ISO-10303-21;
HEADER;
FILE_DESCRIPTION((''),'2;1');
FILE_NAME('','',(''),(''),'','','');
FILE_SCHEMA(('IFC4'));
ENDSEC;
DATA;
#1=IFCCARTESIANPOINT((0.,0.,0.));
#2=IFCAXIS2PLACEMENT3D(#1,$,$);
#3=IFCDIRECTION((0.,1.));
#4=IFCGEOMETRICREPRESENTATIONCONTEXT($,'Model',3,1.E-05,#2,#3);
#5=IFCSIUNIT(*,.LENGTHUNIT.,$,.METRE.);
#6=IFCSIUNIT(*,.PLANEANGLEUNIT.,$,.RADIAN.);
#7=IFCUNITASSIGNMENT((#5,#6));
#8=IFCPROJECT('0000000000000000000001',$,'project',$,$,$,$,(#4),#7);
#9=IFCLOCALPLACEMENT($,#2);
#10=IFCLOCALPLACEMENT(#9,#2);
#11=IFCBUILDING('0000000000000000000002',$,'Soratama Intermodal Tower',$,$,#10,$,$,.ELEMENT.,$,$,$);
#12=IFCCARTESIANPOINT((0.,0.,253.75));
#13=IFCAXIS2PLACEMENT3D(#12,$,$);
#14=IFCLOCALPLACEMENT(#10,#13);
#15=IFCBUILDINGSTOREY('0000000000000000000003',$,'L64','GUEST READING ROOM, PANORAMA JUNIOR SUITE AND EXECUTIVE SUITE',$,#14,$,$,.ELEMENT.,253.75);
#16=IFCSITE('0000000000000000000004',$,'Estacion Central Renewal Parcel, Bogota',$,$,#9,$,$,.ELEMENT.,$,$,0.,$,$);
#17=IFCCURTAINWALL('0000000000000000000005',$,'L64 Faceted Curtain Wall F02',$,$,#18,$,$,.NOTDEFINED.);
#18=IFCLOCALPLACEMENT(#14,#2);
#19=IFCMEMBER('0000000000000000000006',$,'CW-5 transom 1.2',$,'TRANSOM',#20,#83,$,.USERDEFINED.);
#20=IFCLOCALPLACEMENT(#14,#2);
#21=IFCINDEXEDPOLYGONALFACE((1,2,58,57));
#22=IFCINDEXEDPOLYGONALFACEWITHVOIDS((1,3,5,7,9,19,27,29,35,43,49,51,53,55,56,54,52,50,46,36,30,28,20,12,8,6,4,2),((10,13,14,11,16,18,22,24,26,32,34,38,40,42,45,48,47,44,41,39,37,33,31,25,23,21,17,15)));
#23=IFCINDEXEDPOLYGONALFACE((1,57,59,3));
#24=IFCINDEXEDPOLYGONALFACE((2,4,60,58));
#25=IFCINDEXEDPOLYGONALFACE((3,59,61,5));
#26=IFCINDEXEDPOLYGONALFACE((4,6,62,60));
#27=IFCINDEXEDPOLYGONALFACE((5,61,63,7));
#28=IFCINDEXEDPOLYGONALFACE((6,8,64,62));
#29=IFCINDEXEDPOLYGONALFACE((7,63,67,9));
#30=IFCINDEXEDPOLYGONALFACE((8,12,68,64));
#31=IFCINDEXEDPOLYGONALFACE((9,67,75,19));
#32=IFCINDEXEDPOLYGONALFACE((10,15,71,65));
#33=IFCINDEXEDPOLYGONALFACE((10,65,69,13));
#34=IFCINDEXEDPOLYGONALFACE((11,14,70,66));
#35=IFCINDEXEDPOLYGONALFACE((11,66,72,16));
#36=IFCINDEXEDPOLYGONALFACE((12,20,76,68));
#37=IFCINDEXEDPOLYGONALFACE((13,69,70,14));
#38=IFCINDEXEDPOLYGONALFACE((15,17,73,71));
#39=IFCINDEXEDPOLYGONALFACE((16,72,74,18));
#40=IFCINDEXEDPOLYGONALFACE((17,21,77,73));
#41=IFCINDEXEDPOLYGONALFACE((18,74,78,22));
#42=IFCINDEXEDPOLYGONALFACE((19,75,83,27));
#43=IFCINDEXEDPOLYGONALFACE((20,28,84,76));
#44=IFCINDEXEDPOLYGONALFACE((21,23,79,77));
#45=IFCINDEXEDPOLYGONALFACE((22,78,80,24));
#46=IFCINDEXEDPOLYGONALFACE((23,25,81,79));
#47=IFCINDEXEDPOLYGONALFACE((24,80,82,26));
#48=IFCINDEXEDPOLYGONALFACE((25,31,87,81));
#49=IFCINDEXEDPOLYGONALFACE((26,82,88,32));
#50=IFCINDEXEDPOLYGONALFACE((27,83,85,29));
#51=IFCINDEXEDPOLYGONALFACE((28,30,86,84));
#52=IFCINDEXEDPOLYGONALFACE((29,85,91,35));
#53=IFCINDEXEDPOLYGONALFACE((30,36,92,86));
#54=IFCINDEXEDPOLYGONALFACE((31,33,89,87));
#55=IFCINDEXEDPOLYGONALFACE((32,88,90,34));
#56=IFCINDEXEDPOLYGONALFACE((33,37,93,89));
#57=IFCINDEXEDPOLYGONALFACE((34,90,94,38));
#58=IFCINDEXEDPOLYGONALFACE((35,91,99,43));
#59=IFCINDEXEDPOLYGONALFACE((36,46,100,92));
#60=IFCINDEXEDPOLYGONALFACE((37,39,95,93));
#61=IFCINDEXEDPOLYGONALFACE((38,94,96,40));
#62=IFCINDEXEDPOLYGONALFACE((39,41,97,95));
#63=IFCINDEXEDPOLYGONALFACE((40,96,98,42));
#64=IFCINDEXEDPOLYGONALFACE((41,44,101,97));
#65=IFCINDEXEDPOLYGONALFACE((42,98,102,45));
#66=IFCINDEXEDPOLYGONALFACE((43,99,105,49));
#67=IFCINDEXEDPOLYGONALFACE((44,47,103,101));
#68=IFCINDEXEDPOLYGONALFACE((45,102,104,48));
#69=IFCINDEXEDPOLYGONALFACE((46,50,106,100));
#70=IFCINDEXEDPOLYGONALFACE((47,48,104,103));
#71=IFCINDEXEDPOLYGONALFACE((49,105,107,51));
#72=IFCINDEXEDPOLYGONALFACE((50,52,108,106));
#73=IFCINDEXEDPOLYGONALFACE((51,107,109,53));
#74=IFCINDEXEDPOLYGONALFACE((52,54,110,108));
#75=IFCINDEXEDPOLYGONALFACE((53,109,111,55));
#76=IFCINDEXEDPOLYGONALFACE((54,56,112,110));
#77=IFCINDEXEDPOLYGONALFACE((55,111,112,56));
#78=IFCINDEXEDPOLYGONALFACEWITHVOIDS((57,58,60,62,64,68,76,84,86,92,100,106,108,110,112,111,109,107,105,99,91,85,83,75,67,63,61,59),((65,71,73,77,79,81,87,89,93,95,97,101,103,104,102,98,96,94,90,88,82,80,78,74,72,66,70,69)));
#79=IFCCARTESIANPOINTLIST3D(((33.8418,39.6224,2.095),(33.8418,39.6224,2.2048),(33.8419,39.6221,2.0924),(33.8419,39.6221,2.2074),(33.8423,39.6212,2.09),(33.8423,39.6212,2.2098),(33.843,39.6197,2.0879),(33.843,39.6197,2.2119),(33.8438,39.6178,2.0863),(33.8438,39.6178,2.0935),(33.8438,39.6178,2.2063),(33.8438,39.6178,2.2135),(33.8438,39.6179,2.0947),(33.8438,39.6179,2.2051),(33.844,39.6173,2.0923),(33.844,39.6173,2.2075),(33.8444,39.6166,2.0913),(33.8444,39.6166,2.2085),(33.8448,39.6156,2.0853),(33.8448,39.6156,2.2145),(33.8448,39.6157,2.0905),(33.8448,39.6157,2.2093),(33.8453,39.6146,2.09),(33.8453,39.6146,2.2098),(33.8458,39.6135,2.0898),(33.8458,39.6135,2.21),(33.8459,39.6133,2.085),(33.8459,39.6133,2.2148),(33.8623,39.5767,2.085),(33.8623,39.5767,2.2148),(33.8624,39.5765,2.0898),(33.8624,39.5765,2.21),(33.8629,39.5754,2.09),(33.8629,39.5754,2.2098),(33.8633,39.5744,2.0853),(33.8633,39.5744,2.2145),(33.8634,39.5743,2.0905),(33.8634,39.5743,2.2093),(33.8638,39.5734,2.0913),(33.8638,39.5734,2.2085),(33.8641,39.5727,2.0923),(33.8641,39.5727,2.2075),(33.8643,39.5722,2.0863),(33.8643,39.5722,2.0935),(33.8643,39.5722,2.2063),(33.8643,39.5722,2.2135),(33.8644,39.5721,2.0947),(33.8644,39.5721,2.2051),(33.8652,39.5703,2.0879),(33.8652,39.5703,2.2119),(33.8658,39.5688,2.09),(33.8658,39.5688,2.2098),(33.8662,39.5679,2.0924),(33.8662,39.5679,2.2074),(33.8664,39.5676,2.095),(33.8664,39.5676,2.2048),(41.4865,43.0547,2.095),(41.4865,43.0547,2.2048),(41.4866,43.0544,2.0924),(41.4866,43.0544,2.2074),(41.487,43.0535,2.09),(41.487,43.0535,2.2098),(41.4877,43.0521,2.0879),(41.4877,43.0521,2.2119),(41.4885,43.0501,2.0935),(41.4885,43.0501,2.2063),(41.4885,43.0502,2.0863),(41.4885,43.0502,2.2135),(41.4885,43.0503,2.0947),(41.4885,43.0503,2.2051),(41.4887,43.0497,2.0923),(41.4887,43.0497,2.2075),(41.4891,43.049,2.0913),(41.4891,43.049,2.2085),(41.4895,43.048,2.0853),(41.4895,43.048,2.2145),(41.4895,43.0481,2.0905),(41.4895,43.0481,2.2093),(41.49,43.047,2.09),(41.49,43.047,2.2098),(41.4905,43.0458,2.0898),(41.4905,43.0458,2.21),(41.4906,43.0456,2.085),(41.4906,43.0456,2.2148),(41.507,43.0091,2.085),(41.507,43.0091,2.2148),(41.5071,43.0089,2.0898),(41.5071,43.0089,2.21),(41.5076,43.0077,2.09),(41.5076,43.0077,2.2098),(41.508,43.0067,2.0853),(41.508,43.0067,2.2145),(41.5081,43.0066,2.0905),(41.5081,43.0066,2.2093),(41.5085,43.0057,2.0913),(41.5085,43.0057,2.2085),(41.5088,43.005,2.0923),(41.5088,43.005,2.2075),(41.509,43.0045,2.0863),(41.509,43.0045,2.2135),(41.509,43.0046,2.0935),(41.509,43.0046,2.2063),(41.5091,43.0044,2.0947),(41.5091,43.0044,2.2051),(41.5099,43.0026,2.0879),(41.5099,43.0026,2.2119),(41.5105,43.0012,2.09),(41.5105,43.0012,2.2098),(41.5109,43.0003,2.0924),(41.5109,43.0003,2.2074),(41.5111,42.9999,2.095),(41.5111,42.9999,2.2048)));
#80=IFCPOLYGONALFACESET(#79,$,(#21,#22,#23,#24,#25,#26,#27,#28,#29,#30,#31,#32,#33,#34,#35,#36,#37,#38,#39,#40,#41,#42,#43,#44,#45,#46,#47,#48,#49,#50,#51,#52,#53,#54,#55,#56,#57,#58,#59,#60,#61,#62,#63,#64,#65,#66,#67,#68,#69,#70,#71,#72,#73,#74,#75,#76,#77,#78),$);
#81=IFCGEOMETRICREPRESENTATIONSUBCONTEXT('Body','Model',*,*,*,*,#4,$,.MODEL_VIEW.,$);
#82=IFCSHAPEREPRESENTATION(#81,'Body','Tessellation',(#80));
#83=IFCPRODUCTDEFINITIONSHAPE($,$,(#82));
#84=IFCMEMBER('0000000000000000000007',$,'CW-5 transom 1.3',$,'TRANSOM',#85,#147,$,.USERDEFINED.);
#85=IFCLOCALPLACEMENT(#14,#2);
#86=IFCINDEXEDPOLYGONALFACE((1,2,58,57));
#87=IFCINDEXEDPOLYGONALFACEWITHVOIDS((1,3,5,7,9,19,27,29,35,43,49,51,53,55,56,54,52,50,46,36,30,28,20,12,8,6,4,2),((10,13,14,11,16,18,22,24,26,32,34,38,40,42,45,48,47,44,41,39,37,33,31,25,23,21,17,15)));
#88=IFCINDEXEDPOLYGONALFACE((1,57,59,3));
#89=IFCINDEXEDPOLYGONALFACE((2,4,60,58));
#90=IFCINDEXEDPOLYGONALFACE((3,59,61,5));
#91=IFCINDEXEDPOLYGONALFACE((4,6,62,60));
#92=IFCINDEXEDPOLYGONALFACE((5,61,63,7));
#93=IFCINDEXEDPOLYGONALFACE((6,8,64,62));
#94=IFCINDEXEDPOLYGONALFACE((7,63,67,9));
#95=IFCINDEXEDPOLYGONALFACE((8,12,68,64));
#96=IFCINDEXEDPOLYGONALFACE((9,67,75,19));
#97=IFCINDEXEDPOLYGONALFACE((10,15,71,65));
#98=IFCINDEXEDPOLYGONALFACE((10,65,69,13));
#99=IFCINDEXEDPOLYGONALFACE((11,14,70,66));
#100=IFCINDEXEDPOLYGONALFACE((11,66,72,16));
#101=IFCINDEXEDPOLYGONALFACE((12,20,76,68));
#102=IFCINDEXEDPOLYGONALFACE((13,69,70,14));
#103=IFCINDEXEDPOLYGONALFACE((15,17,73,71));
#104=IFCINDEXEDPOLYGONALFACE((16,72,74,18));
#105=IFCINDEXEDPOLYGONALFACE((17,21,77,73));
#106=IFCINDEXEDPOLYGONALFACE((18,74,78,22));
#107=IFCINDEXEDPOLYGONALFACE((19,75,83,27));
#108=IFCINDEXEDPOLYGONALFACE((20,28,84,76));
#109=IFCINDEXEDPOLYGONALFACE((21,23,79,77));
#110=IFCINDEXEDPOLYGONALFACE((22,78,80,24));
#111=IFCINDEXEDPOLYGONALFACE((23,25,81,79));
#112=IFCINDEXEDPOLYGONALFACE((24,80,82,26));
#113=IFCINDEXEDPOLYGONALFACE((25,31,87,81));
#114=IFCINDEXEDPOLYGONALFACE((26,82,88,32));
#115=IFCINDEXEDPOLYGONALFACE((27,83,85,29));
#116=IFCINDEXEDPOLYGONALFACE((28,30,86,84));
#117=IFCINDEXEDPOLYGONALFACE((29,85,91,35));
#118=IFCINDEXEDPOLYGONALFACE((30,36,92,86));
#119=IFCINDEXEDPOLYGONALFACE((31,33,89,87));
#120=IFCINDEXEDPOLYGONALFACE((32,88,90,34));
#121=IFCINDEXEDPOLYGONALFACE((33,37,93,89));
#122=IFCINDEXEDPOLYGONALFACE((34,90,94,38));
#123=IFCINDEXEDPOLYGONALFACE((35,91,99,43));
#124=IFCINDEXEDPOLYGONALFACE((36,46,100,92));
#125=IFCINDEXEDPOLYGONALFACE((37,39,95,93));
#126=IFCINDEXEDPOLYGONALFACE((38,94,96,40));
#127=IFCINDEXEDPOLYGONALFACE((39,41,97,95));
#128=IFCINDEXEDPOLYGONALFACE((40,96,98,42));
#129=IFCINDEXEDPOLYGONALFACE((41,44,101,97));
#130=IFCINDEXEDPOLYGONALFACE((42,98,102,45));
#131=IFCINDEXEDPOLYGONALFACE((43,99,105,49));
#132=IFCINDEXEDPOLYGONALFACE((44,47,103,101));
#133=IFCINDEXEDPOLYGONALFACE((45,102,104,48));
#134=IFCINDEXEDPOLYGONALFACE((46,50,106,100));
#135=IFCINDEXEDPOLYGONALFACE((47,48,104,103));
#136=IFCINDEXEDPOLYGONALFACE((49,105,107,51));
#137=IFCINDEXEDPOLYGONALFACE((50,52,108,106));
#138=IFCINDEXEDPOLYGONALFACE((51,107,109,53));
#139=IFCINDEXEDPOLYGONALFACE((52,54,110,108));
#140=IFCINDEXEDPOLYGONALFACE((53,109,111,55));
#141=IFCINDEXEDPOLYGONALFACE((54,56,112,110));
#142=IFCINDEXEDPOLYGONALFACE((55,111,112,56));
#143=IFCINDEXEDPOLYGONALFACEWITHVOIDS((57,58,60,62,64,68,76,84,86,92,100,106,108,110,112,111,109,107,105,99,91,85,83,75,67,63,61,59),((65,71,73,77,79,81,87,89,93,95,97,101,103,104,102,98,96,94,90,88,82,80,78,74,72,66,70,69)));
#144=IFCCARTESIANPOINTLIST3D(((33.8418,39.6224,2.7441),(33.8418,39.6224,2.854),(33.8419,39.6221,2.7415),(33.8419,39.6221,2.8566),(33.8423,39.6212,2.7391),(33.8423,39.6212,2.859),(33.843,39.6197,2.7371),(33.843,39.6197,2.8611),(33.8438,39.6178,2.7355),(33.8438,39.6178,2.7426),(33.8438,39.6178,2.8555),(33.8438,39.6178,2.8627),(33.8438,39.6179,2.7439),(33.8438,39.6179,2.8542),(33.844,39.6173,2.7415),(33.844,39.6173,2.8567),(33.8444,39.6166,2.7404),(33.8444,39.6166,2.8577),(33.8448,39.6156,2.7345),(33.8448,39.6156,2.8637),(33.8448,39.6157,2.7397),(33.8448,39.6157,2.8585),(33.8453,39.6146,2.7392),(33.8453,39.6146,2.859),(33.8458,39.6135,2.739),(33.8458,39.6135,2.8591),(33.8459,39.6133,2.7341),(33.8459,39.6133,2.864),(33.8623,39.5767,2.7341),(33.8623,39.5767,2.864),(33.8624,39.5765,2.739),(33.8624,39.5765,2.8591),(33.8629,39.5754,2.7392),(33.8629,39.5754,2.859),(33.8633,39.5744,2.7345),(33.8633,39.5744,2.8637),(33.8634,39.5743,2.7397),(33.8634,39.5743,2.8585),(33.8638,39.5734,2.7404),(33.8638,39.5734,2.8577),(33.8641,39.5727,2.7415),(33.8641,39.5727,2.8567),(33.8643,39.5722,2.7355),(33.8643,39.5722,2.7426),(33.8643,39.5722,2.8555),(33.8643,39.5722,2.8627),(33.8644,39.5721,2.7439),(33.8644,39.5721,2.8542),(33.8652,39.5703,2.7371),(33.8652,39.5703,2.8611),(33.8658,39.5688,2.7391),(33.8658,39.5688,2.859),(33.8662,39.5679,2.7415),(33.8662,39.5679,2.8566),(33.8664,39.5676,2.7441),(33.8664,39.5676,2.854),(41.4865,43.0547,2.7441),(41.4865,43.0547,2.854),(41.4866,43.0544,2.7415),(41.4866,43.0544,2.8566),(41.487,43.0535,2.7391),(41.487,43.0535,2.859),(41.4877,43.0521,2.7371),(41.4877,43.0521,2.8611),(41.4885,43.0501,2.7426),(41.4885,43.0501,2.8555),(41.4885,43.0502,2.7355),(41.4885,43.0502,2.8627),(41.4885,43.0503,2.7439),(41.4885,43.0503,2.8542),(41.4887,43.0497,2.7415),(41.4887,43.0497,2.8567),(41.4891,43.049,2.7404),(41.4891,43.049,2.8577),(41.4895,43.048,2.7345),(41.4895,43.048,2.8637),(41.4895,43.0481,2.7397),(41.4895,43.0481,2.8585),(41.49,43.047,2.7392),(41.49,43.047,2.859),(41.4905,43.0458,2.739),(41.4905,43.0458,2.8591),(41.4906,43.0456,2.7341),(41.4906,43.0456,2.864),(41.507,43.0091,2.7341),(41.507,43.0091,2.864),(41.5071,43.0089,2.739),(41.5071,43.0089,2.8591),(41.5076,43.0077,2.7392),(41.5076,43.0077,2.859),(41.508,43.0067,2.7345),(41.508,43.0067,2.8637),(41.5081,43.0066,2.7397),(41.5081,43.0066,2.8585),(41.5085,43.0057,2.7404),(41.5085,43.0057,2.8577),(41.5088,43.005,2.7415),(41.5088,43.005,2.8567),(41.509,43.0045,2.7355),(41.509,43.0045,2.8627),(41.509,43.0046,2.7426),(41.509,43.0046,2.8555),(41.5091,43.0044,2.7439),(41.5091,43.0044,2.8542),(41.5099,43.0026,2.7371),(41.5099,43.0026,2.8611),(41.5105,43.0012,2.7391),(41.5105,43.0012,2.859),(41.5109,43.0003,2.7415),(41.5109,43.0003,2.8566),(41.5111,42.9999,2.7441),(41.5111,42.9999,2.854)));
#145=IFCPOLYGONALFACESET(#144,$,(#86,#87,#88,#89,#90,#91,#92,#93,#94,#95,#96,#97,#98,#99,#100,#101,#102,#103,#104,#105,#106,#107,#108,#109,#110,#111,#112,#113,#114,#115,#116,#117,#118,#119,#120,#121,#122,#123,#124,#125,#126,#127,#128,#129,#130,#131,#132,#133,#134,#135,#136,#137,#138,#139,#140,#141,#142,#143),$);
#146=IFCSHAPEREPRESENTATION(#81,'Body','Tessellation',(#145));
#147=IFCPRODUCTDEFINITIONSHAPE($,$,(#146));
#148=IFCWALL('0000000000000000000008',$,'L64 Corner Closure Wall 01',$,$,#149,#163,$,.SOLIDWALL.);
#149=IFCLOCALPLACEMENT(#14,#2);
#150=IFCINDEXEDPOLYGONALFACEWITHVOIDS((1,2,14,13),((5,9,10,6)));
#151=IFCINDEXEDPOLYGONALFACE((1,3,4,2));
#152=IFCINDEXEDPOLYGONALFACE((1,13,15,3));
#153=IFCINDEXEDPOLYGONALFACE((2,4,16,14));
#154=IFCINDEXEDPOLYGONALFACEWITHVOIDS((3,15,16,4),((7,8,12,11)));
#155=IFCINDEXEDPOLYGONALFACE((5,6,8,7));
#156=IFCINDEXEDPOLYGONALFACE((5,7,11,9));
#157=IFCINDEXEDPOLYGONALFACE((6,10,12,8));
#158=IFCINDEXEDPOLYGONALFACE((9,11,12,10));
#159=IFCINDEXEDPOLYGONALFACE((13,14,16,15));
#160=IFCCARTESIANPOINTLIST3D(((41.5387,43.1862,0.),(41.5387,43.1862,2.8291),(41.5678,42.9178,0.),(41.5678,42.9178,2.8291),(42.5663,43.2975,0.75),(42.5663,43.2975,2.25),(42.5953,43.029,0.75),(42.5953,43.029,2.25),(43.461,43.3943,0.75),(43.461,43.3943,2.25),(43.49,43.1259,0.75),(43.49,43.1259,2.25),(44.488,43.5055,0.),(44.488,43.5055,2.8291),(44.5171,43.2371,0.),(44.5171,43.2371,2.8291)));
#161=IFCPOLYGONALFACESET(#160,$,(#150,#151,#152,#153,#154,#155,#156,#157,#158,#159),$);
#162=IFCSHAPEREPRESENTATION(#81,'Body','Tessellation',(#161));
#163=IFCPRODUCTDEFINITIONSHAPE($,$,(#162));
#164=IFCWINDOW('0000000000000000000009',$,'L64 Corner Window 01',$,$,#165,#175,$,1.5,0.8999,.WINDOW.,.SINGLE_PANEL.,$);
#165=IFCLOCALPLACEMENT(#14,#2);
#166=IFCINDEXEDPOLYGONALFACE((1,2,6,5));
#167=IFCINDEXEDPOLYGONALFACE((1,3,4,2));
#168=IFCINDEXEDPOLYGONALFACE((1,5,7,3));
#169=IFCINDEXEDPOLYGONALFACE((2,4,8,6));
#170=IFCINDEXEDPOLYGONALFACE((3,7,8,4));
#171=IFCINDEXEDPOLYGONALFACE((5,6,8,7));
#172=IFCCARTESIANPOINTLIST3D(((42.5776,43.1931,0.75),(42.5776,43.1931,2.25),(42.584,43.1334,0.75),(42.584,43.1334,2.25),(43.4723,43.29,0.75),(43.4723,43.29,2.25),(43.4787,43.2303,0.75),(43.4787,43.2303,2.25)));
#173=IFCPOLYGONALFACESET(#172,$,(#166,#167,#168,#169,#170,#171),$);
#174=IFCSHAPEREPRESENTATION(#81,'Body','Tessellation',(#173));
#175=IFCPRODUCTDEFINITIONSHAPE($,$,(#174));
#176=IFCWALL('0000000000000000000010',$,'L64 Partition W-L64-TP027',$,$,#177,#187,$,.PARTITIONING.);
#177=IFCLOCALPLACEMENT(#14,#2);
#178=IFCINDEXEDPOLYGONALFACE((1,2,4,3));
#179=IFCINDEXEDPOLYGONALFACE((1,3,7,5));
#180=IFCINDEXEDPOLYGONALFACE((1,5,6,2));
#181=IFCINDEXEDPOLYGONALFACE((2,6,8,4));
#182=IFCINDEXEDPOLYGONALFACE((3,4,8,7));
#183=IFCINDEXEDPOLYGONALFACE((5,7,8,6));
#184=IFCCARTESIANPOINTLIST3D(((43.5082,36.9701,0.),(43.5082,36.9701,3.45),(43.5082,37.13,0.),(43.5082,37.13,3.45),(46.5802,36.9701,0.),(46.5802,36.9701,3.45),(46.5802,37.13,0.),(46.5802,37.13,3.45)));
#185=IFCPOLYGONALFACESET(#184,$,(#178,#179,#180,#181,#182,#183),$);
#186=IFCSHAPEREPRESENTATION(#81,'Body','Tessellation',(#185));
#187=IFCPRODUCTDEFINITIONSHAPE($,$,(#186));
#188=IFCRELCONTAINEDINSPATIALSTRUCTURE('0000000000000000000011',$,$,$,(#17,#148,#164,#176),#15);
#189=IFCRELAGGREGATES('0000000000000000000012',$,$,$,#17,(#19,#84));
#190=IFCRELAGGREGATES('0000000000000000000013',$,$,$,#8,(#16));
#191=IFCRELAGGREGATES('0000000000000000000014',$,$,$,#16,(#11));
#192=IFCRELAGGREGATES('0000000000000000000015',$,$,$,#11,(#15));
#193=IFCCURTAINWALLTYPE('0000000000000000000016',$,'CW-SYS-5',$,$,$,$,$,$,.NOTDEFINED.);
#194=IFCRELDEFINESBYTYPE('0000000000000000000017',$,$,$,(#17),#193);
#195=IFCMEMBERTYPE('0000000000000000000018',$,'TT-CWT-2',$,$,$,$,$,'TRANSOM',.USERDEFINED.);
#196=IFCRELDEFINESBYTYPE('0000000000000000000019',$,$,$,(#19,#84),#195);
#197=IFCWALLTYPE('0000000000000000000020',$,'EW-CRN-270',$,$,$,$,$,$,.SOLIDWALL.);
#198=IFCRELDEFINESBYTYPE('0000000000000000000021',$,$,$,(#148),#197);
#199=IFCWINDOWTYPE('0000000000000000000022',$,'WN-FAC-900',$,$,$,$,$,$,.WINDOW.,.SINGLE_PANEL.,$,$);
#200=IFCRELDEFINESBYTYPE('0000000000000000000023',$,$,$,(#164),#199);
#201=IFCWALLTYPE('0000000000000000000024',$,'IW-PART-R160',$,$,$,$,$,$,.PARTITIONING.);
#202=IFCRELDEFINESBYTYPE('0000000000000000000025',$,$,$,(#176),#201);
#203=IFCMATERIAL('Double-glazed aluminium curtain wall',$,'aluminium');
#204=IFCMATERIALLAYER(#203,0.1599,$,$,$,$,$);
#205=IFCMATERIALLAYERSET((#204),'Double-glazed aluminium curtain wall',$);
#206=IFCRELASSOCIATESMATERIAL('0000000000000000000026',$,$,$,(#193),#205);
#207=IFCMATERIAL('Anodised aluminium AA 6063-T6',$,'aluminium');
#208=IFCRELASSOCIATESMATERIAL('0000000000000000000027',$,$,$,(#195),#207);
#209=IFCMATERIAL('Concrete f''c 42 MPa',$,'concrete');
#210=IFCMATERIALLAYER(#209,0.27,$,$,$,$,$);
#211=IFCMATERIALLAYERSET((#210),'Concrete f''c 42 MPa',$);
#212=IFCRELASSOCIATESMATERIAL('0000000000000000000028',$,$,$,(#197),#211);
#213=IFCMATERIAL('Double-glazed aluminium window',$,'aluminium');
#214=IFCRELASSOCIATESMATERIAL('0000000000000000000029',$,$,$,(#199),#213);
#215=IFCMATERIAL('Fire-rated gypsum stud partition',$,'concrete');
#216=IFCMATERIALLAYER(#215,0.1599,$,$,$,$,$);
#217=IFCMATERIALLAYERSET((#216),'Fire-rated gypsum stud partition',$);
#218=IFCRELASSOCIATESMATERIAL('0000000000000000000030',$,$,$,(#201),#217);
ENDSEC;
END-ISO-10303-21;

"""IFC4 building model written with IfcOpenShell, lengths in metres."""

from ifc_helpers import new_model, si_unit, direction, frame, frame_2d, origin, origin_2d, place, context, subcontext, project, spatial, rectangle, hollow_rectangle, extrude, material, layer, layer_set, material_profile, profile_set, type_object, element, fill, aggregate, save


model = new_model("IFC4")

# Units and contexts
model_context = context("Model", 3, precision=1e-05, world=origin(), true_north=direction((0.0, 1.0)))
body_context = subcontext(model_context, "Body", "Model", "MODEL_VIEW")
ifc_project = project(units=[si_unit("LENGTHUNIT", "METRE"), si_unit("PLANEANGLEUNIT", "RADIAN")], contexts=[model_context])

# Site, building, storey
site_placement = place(None, origin())
site = spatial("IfcSite", under=ifc_project, at=site_placement, Name="Estacion Central Renewal Parcel, Bogota", CompositionType="ELEMENT", RefElevation=0.0)
building_placement = place(site_placement, origin())
building = spatial("IfcBuilding", under=site, at=building_placement, Name="Soratama Intermodal Tower", CompositionType="ELEMENT")
storey_placement = place(building_placement, frame((0.0, 0.0, 253.75)))
storey = spatial("IfcBuildingStorey", under=building, at=storey_placement, Name="L64", Description="GUEST READING ROOM, PANORAMA JUNIOR SUITE AND EXECUTIVE SUITE", CompositionType="ELEMENT", Elevation=253.75)

# Curtain wall, members
ifc_material_1 = material(Name="Double-glazed aluminium curtain wall", Category="aluminium")
ifc_layer_1 = layer(ifc_material_1, 0.1599)
ifc_layer_set_1 = layer_set([ifc_layer_1], Name="Double-glazed aluminium curtain wall")
curtain_wall_type = type_object("IfcCurtainWallType", Name="CW-SYS-5", PredefinedType="NOTDEFINED", material=ifc_layer_set_1)
curtain_wall_placement = place(storey_placement, origin())
curtain_wall = element("IfcCurtainWall", 1, at=curtain_wall_placement, inside=storey, type_object=curtain_wall_type, Name="L64 Faceted Curtain Wall F02", PredefinedType="NOTDEFINED")
ifc_material_2 = material(Name="Anodised aluminium AA 6063-T6", Category="aluminium")
ifc_material_profile_1 = material_profile(ifc_material_2, hollow_rectangle(XDim=0.0601, YDim=0.1299, WallThickness=0.0049, InnerFilletRadius=0.0049, OuterFilletRadius=0.01, at=origin_2d()), Name="CWT130X60X5")
ifc_profile_set_1 = profile_set([ifc_material_profile_1], Name="Anodised aluminium AA 6063-T6")
member_type_1 = type_object("IfcMemberType", Name="TT-CWT-2", ElementType="TRANSOM", PredefinedType="USERDEFINED", material=ifc_profile_set_1)
member_1_placement = place(storey_placement, frame((41.4988, 43.0273, 2.1499), z_axis=(-0.912268, -0.409593, 0.0), x_axis=(0.409593, -0.912268, 0.0)))
member_1 = element("IfcMember", 2, at=member_1_placement, type_object=member_type_1, Name="CW-5 transom 1.2", ObjectType="TRANSOM", PredefinedType="USERDEFINED", context=body_context, shape_type="SweptSolid", body=[
    extrude(hollow_rectangle(XDim=0.0601, YDim=0.1299, WallThickness=0.0049, InnerFilletRadius=0.0049, OuterFilletRadius=0.01, at=origin_2d()), origin(), (0.0, 0.0, 1.0), 8.3799),
])
member_2_placement = place(storey_placement, frame((41.4988, 43.0273, 2.7991), z_axis=(-0.912268, -0.409593, 0.0), x_axis=(0.409593, -0.912268, 0.0)))
member_2 = element("IfcMember", 3, at=member_2_placement, type_object=member_type_1, Name="CW-5 transom 1.3", ObjectType="TRANSOM", PredefinedType="USERDEFINED", context=body_context, shape_type="SweptSolid", body=[
    extrude(hollow_rectangle(XDim=0.0601, YDim=0.1299, WallThickness=0.0049, InnerFilletRadius=0.0049, OuterFilletRadius=0.01, at=origin_2d()), origin(), (0.0, 0.0, 1.0), 8.3799),
])
aggregate(curtain_wall, [member_1, member_2])

# Wall, opening, window
ifc_material_3 = material(Name="Concrete f'c 42 MPa", Category="concrete")
ifc_layer_2 = layer(ifc_material_3, 0.27)
ifc_layer_set_2 = layer_set([ifc_layer_2], Name="Concrete f'c 42 MPa")
wall_type_1 = type_object("IfcWallType", Name="EW-CRN-270", PredefinedType="SOLIDWALL", material=ifc_layer_set_2)
wall_1_placement = place(storey_placement, frame((44.5027, 43.3713, 0.0), z_axis=(0.0, 0.0, 1.0), x_axis=(-0.994189, -0.107649, 0.0)))
wall_1 = element("IfcWall", 4, at=wall_1_placement, inside=storey, type_object=wall_type_1, Name="L64 Corner Closure Wall 01", PredefinedType="SOLIDWALL", context=body_context, shape_type="SweptSolid", body=[
    extrude(rectangle(XDim=2.9666, YDim=0.27, at=frame_2d((1.4834, 0.0))), origin(), (0.0, 0.0, 1.0), 2.8291),
])
opening_1_placement = place(wall_1_placement, frame((1.0332, 0.0, 0.75)))
opening_1 = element("IfcOpeningElement", 5, at=opening_1_placement, cuts=wall_1, PredefinedType="OPENING", context=body_context, shape_type="SweptSolid", body=[
    extrude(rectangle(XDim=0.8999, YDim=1.5, at=frame_2d((0.45, 0.75))), frame((0.0, 0.145, 0.0), z_axis=(0.0, -1.0, 0.0), x_axis=(1.0, 0.0, 0.0)), (0.0, 0.0, 1.0), 0.29),
])
ifc_material_4 = material(Name="Double-glazed aluminium window", Category="aluminium")
window_type = type_object("IfcWindowType", Name="WN-FAC-900", PartitioningType="SINGLE_PANEL", PredefinedType="WINDOW", material=ifc_material_4)
window_placement = place(opening_1_placement, origin())
window = element("IfcWindow", 6, at=window_placement, inside=storey, type_object=window_type, Name="L64 Corner Window 01", OverallHeight=1.5, OverallWidth=0.8999, PartitioningType="SINGLE_PANEL", PredefinedType="WINDOW", context=body_context, shape_type="SweptSolid", body=[
    extrude(rectangle(XDim=0.8999, YDim=1.5, at=frame_2d((0.45, 0.75))), frame((0.0, 0.03, 0.0), z_axis=(0.0, -1.0, 0.0), x_axis=(1.0, 0.0, 0.0)), (0.0, 0.0, 1.0), 0.0601),
])
fill(opening_1, window)

# Shared definitions
ifc_material_5 = material(Name="Fire-rated gypsum stud partition", Category="concrete")
ifc_layer_3 = layer(ifc_material_5, 0.1599)
ifc_layer_set_3 = layer_set([ifc_layer_3], Name="Fire-rated gypsum stud partition")
wall_type_2 = type_object("IfcWallType", Name="IW-PART-R160", PredefinedType="PARTITIONING", material=ifc_layer_set_3)

# Wall
wall_2_placement = place(storey_placement, frame((43.5081, 37.05, 0.0), z_axis=(0.0, 0.0, 1.0), x_axis=(1.0, 0.0, 0.0)))
element("IfcWall", 7, at=wall_2_placement, inside=storey, type_object=wall_type_2, Name="L64 Partition W-L64-TP027", PredefinedType="PARTITIONING", context=body_context, shape_type="SweptSolid", body=[
    extrude(rectangle(XDim=3.072, YDim=0.1599, at=frame_2d((1.5361, 0.0))), origin(), (0.0, 0.0, 1.0), 3.45),
])

save(model, "model.ifc")
